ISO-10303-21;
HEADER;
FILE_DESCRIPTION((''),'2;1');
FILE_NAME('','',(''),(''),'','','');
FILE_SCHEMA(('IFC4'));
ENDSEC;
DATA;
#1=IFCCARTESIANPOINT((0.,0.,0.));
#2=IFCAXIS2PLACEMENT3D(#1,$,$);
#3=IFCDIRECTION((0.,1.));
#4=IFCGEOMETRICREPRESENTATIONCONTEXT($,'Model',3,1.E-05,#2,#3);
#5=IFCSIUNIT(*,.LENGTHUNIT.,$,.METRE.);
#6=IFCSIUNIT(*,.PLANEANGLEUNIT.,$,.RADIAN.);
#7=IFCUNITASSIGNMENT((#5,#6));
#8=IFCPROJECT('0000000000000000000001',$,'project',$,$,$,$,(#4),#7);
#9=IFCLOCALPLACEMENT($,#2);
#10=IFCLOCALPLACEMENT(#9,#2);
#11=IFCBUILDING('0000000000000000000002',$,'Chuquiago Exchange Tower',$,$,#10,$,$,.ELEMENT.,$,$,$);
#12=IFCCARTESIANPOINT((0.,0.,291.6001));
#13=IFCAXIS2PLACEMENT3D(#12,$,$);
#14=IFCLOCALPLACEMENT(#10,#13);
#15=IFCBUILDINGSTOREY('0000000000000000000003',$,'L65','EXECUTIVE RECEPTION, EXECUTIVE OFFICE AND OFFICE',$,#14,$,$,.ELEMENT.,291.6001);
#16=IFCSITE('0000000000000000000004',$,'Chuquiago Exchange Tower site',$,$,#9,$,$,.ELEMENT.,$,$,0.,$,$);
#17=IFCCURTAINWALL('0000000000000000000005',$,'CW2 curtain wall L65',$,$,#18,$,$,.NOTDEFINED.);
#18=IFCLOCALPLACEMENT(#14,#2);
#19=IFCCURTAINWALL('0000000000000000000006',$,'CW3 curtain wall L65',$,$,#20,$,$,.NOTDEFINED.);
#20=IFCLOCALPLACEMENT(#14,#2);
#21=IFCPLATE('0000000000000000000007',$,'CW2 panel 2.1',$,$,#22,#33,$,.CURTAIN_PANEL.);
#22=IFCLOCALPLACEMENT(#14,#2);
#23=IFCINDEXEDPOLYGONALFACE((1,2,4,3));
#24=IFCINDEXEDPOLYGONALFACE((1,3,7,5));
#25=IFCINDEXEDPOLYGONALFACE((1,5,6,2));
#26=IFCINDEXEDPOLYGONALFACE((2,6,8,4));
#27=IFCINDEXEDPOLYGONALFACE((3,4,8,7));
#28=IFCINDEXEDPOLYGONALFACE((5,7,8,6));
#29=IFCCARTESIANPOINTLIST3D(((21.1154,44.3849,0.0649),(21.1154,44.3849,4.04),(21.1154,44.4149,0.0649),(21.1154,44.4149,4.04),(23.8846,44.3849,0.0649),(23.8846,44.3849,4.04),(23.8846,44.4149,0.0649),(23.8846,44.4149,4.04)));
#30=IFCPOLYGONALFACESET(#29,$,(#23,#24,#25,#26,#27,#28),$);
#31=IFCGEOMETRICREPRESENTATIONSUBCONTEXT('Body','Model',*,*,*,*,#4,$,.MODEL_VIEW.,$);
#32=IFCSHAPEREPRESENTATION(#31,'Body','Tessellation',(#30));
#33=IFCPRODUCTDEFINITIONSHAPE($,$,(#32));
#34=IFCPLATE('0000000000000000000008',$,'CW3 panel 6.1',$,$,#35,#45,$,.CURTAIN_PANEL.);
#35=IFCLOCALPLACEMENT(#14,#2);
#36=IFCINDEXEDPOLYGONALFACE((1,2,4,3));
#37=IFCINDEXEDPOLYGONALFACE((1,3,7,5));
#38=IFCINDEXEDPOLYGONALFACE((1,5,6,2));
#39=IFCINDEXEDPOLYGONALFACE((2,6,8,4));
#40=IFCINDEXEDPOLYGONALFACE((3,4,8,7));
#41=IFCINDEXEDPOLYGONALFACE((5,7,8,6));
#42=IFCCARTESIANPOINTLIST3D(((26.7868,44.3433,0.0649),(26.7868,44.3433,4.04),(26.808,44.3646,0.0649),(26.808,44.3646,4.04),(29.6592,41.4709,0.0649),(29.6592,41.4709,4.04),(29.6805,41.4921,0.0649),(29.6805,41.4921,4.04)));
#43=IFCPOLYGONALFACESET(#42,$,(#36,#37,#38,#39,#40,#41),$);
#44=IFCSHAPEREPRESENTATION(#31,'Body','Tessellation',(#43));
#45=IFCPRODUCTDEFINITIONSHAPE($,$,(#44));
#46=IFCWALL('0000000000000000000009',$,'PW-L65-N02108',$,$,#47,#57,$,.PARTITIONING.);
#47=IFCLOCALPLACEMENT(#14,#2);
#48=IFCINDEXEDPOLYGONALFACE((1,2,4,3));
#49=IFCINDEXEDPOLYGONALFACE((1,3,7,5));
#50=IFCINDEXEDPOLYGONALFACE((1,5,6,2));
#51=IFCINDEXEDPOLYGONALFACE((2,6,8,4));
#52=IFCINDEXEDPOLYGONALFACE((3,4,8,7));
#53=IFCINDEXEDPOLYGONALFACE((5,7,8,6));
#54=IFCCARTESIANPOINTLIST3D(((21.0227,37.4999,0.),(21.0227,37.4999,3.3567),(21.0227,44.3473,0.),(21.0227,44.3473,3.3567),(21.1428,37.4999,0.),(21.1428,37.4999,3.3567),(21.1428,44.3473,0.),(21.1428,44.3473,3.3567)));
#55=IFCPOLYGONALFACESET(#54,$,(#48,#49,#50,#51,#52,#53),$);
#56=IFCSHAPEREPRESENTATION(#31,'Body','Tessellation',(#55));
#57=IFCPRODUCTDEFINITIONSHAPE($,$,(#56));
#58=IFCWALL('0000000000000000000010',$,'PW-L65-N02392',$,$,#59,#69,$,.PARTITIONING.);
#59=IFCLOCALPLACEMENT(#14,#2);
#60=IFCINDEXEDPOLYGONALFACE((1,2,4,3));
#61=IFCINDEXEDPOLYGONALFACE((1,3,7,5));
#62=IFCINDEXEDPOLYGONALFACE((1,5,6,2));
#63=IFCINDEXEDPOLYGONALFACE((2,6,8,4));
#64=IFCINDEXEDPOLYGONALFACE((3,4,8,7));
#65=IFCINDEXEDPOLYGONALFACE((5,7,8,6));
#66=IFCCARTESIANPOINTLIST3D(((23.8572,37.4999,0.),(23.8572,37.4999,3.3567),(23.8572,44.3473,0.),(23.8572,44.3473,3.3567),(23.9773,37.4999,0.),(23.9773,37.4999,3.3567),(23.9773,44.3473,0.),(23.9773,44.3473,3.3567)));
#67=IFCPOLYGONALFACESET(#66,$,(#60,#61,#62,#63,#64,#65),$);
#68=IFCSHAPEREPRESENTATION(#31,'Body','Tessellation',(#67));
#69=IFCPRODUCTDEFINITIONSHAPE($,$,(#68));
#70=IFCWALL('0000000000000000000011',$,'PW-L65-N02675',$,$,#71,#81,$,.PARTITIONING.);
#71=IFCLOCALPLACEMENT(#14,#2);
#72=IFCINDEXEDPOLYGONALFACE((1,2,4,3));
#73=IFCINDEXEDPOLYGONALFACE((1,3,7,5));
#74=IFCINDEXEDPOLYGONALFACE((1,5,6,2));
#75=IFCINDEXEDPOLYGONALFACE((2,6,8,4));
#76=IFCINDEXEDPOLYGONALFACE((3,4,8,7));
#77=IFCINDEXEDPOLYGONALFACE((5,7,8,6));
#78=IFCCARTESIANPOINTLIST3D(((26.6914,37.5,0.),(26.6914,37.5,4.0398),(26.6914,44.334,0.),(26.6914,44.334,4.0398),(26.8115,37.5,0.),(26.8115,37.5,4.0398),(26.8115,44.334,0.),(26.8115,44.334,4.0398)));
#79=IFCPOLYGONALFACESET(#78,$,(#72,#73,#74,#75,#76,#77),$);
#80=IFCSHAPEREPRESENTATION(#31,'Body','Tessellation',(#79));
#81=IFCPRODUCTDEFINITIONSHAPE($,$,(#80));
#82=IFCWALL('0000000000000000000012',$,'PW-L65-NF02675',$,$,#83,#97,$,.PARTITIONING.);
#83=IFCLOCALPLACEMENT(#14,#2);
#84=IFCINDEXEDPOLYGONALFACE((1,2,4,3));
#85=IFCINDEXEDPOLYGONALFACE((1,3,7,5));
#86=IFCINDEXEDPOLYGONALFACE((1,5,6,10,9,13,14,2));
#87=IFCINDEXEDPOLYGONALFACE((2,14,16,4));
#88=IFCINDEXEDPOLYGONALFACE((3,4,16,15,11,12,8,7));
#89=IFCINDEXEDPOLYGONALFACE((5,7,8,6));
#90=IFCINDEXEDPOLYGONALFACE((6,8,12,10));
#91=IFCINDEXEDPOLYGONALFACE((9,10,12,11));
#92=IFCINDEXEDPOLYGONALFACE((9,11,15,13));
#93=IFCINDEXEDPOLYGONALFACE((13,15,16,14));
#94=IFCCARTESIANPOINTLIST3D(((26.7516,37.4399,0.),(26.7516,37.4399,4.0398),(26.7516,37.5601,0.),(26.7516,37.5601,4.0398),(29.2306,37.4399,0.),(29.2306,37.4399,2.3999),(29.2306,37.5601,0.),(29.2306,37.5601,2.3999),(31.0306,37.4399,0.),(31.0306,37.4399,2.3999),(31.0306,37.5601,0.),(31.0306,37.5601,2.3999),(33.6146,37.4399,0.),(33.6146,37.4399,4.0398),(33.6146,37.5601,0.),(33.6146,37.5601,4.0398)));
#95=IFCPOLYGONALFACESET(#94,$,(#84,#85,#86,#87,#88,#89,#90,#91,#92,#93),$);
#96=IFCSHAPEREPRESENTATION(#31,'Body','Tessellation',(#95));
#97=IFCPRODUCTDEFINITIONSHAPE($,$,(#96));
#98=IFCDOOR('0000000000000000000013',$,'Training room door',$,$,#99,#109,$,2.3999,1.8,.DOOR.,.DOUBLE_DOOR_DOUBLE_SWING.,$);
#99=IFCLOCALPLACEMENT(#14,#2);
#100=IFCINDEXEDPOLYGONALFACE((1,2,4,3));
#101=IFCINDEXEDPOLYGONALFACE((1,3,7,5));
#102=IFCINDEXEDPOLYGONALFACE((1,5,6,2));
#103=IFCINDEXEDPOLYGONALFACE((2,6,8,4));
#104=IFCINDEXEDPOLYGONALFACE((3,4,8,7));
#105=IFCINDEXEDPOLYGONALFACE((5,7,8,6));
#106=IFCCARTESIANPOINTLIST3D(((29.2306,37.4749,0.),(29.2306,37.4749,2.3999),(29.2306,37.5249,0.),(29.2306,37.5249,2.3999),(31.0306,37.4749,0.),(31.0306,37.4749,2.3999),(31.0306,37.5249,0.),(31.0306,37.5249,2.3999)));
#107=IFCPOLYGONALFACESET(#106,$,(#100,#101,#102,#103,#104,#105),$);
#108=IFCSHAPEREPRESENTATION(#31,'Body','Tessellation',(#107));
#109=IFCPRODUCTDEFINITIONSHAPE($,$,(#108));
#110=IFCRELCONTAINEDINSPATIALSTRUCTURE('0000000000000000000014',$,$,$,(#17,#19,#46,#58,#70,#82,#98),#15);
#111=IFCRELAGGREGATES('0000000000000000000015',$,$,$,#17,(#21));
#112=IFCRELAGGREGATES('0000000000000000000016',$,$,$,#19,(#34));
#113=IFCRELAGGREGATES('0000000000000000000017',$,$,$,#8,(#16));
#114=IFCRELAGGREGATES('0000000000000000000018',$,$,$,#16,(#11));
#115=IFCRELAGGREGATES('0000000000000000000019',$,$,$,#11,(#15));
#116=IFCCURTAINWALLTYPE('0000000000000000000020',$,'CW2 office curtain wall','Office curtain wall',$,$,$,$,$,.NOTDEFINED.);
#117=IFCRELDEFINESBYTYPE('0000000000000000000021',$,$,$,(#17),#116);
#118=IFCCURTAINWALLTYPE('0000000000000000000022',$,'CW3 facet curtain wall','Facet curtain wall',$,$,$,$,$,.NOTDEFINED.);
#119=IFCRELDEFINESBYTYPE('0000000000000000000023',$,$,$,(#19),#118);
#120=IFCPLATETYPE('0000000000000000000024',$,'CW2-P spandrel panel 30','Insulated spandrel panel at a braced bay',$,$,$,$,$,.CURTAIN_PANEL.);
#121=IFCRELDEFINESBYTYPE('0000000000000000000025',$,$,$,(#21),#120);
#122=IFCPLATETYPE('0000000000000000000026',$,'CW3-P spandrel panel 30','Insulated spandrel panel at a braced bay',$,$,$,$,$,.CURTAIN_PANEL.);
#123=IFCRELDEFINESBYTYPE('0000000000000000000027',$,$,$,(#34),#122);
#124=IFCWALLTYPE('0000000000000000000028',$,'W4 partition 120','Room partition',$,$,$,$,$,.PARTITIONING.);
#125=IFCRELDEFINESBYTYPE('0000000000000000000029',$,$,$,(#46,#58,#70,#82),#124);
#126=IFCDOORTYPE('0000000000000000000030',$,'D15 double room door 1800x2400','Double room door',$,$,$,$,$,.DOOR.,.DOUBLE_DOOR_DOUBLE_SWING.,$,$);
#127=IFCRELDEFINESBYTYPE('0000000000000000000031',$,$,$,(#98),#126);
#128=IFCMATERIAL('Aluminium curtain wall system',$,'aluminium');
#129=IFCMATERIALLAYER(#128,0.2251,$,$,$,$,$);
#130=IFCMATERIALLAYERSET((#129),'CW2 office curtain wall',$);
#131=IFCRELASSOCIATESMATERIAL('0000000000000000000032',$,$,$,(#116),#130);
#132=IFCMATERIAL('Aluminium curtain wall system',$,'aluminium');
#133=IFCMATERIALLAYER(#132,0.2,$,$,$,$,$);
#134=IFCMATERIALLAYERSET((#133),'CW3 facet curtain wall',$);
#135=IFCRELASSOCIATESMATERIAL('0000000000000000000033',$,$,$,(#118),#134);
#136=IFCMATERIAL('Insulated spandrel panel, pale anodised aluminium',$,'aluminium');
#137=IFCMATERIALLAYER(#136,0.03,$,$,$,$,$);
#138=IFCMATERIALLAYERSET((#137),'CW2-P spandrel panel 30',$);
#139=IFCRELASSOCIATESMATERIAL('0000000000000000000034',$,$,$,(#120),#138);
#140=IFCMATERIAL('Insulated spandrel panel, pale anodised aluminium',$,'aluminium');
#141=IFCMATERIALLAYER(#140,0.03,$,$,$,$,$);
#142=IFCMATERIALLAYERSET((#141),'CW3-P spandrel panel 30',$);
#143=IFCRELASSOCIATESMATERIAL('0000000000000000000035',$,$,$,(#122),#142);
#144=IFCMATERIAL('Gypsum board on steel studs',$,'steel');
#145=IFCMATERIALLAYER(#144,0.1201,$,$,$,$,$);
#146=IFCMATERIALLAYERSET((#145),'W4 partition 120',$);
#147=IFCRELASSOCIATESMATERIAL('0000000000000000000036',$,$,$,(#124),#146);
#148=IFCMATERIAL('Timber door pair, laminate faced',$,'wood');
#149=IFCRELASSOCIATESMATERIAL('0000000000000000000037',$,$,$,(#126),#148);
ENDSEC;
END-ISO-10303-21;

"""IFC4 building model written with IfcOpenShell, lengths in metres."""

from ifc_helpers import new_model, si_unit, direction, frame, frame_2d, origin, origin_2d, place, context, subcontext, project, spatial, rectangle, extrude, material, layer, layer_set, type_object, element, fill, aggregate, save


model = new_model("IFC4")

# Units and contexts
model_context = context("Model", 3, precision=1e-05, world=origin(), true_north=direction((0.0, 1.0)))
body_context = subcontext(model_context, "Body", "Model", "MODEL_VIEW")
ifc_project = project(units=[si_unit("LENGTHUNIT", "METRE"), si_unit("PLANEANGLEUNIT", "RADIAN")], contexts=[model_context])

# Site, building, storey
site_placement = place(None, origin())
site = spatial("IfcSite", under=ifc_project, at=site_placement, Name="Chuquiago Exchange Tower site", CompositionType="ELEMENT", RefElevation=0.0)
building_placement = place(site_placement, origin())
building = spatial("IfcBuilding", under=site, at=building_placement, Name="Chuquiago Exchange Tower", CompositionType="ELEMENT")
storey_placement = place(building_placement, frame((0.0, 0.0, 291.6001)))
storey = spatial("IfcBuildingStorey", under=building, at=storey_placement, Name="L65", Description="EXECUTIVE RECEPTION, EXECUTIVE OFFICE AND OFFICE", CompositionType="ELEMENT", Elevation=291.6001)

# Curtain walls
ifc_material_1 = material(Name="Aluminium curtain wall system", Category="aluminium")
ifc_layer_1 = layer(ifc_material_1, 0.2251)
ifc_layer_set_1 = layer_set([ifc_layer_1], Name="CW2 office curtain wall")
curtain_wall_type_1 = type_object("IfcCurtainWallType", Name="CW2 office curtain wall", Description="Office curtain wall", PredefinedType="NOTDEFINED", material=ifc_layer_set_1)
curtain_wall_1_placement = place(storey_placement, origin())
curtain_wall_1 = element("IfcCurtainWall", 1, at=curtain_wall_1_placement, inside=storey, type_object=curtain_wall_type_1, Name="CW2 curtain wall L65", PredefinedType="NOTDEFINED")
ifc_material_2 = material(Name="Aluminium curtain wall system", Category="aluminium")
ifc_layer_2 = layer(ifc_material_2, 0.2)
ifc_layer_set_2 = layer_set([ifc_layer_2], Name="CW3 facet curtain wall")
curtain_wall_type_2 = type_object("IfcCurtainWallType", Name="CW3 facet curtain wall", Description="Facet curtain wall", PredefinedType="NOTDEFINED", material=ifc_layer_set_2)
curtain_wall_2_placement = place(storey_placement, origin())
curtain_wall_2 = element("IfcCurtainWall", 2, at=curtain_wall_2_placement, inside=storey, type_object=curtain_wall_type_2, Name="CW3 curtain wall L65", PredefinedType="NOTDEFINED")

# Plates
ifc_material_3 = material(Name="Insulated spandrel panel, pale anodised aluminium", Category="aluminium")
ifc_layer_3 = layer(ifc_material_3, 0.03)
ifc_layer_set_3 = layer_set([ifc_layer_3], Name="CW2-P spandrel panel 30")
plate_type_1 = type_object("IfcPlateType", Name="CW2-P spandrel panel 30", Description="Insulated spandrel panel at a braced bay", PredefinedType="CURTAIN_PANEL", material=ifc_layer_set_3)
plate_1_placement = place(storey_placement, frame((22.5, 44.3999, 0.0649), z_axis=(0.0, 0.0, 1.0), x_axis=(-1.0, 0.0, 0.0)))
plate_1 = element("IfcPlate", 3, at=plate_1_placement, type_object=plate_type_1, Name="CW2 panel 2.1", PredefinedType="CURTAIN_PANEL", context=body_context, shape_type="SweptSolid", body=[
    extrude(rectangle(XDim=2.7693, YDim=0.03, at=origin_2d()), origin(), (0.0, 0.0, 1.0), 3.9751),
])
aggregate(curtain_wall_1, [plate_1])
ifc_material_4 = material(Name="Insulated spandrel panel, pale anodised aluminium", Category="aluminium")
ifc_layer_4 = layer(ifc_material_4, 0.03)
ifc_layer_set_4 = layer_set([ifc_layer_4], Name="CW3-P spandrel panel 30")
plate_type_2 = type_object("IfcPlateType", Name="CW3-P spandrel panel 30", Description="Insulated spandrel panel at a braced bay", PredefinedType="CURTAIN_PANEL", material=ifc_layer_set_4)
plate_2_placement = place(storey_placement, frame((28.2336, 42.9177, 0.0649), z_axis=(0.0, 0.0, 1.0), x_axis=(-0.707107, 0.707107, 0.0)))
plate_2 = element("IfcPlate", 4, at=plate_2_placement, type_object=plate_type_2, Name="CW3 panel 6.1", PredefinedType="CURTAIN_PANEL", context=body_context, shape_type="SweptSolid", body=[
    extrude(rectangle(XDim=4.0623, YDim=0.03, at=origin_2d()), origin(), (0.0, 0.0, 1.0), 3.9751),
])
aggregate(curtain_wall_2, [plate_2])

# Walls
ifc_material_5 = material(Name="Gypsum board on steel studs", Category="steel")
ifc_layer_5 = layer(ifc_material_5, 0.1201)
ifc_layer_set_5 = layer_set([ifc_layer_5], Name="W4 partition 120")
wall_type = type_object("IfcWallType", Name="W4 partition 120", Description="Room partition", PredefinedType="PARTITIONING", material=ifc_layer_set_5)
for number, where, z_axis, x_axis, name in (
    (5, (21.0828, 44.3474, 0.0), (0.0, 0.0, 1.0), (0.0, -1.0, 0.0), "PW-L65-N02108"),
    (6, (23.9172, 44.3474, 0.0), (0.0, 0.0, 1.0), (0.0, -1.0, 0.0), "PW-L65-N02392"),
):
    element("IfcWall", number, at=place(storey_placement, frame(where, z_axis=z_axis, x_axis=x_axis)), inside=storey, type_object=wall_type, Name=name, PredefinedType="PARTITIONING", context=body_context, shape_type="SweptSolid", body=[
        extrude(rectangle(XDim=6.8474, YDim=0.1201, at=frame_2d((3.4238, 0.0))), origin(), (0.0, 0.0, 1.0), 3.3567),
    ])
wall_1_placement = place(storey_placement, frame((26.7515, 44.334, 0.0), z_axis=(0.0, 0.0, 1.0), x_axis=(0.0, -1.0, 0.0)))
element("IfcWall", 7, at=wall_1_placement, inside=storey, type_object=wall_type, Name="PW-L65-N02675", PredefinedType="PARTITIONING", context=body_context, shape_type="SweptSolid", body=[
    extrude(rectangle(XDim=6.834, YDim=0.1201, at=frame_2d((3.417, 0.0))), origin(), (0.0, 0.0, 1.0), 4.0398),
])

# Wall, opening, door
wall_2_placement = place(storey_placement, frame((26.7515, 37.5, 0.0), z_axis=(0.0, 0.0, 1.0), x_axis=(1.0, 0.0, 0.0)))
wall_2 = element("IfcWall", 8, at=wall_2_placement, inside=storey, type_object=wall_type, Name="PW-L65-NF02675", PredefinedType="PARTITIONING", context=body_context, shape_type="SweptSolid", body=[
    extrude(rectangle(XDim=6.863, YDim=0.1201, at=frame_2d((3.4316, 0.0))), origin(), (0.0, 0.0, 1.0), 4.0398),
])
opening_1_placement = place(wall_2_placement, frame((2.4792, 0.0, 0.0)))
opening_1 = element("IfcOpeningElement", 9, at=opening_1_placement, cuts=wall_2, PredefinedType="OPENING", context=body_context, shape_type="SweptSolid", body=[
    extrude(rectangle(XDim=1.8, YDim=2.3999, at=frame_2d((0.8999, 1.2))), frame((0.0, 0.0701, 0.0), z_axis=(0.0, -1.0, 0.0), x_axis=(1.0, 0.0, 0.0)), (0.0, 0.0, 1.0), 0.1401),
])
ifc_material_6 = material(Name="Timber door pair, laminate faced", Category="wood")
door_type_1 = type_object("IfcDoorType", Name="D15 double room door 1800x2400", Description="Double room door", OperationType="DOUBLE_DOOR_DOUBLE_SWING", PredefinedType="DOOR", material=ifc_material_6)
door_1_placement = place(opening_1_placement, origin())
door_1 = element("IfcDoor", 10, at=door_1_placement, inside=storey, type_object=door_type_1, Name="Training room door", OperationType="DOUBLE_DOOR_DOUBLE_SWING", OverallHeight=2.3999, OverallWidth=1.8, PredefinedType="DOOR", context=body_context, shape_type="SweptSolid", body=[
    extrude(rectangle(XDim=1.8, YDim=2.3999, at=frame_2d((0.8999, 1.2))), frame((0.0, 0.0249, 0.0), z_axis=(0.0, -1.0, 0.0), x_axis=(1.0, 0.0, 0.0)), (0.0, 0.0, 1.0), 0.05),
])
fill(opening_1, door_1)

save(model, "model.ifc")
